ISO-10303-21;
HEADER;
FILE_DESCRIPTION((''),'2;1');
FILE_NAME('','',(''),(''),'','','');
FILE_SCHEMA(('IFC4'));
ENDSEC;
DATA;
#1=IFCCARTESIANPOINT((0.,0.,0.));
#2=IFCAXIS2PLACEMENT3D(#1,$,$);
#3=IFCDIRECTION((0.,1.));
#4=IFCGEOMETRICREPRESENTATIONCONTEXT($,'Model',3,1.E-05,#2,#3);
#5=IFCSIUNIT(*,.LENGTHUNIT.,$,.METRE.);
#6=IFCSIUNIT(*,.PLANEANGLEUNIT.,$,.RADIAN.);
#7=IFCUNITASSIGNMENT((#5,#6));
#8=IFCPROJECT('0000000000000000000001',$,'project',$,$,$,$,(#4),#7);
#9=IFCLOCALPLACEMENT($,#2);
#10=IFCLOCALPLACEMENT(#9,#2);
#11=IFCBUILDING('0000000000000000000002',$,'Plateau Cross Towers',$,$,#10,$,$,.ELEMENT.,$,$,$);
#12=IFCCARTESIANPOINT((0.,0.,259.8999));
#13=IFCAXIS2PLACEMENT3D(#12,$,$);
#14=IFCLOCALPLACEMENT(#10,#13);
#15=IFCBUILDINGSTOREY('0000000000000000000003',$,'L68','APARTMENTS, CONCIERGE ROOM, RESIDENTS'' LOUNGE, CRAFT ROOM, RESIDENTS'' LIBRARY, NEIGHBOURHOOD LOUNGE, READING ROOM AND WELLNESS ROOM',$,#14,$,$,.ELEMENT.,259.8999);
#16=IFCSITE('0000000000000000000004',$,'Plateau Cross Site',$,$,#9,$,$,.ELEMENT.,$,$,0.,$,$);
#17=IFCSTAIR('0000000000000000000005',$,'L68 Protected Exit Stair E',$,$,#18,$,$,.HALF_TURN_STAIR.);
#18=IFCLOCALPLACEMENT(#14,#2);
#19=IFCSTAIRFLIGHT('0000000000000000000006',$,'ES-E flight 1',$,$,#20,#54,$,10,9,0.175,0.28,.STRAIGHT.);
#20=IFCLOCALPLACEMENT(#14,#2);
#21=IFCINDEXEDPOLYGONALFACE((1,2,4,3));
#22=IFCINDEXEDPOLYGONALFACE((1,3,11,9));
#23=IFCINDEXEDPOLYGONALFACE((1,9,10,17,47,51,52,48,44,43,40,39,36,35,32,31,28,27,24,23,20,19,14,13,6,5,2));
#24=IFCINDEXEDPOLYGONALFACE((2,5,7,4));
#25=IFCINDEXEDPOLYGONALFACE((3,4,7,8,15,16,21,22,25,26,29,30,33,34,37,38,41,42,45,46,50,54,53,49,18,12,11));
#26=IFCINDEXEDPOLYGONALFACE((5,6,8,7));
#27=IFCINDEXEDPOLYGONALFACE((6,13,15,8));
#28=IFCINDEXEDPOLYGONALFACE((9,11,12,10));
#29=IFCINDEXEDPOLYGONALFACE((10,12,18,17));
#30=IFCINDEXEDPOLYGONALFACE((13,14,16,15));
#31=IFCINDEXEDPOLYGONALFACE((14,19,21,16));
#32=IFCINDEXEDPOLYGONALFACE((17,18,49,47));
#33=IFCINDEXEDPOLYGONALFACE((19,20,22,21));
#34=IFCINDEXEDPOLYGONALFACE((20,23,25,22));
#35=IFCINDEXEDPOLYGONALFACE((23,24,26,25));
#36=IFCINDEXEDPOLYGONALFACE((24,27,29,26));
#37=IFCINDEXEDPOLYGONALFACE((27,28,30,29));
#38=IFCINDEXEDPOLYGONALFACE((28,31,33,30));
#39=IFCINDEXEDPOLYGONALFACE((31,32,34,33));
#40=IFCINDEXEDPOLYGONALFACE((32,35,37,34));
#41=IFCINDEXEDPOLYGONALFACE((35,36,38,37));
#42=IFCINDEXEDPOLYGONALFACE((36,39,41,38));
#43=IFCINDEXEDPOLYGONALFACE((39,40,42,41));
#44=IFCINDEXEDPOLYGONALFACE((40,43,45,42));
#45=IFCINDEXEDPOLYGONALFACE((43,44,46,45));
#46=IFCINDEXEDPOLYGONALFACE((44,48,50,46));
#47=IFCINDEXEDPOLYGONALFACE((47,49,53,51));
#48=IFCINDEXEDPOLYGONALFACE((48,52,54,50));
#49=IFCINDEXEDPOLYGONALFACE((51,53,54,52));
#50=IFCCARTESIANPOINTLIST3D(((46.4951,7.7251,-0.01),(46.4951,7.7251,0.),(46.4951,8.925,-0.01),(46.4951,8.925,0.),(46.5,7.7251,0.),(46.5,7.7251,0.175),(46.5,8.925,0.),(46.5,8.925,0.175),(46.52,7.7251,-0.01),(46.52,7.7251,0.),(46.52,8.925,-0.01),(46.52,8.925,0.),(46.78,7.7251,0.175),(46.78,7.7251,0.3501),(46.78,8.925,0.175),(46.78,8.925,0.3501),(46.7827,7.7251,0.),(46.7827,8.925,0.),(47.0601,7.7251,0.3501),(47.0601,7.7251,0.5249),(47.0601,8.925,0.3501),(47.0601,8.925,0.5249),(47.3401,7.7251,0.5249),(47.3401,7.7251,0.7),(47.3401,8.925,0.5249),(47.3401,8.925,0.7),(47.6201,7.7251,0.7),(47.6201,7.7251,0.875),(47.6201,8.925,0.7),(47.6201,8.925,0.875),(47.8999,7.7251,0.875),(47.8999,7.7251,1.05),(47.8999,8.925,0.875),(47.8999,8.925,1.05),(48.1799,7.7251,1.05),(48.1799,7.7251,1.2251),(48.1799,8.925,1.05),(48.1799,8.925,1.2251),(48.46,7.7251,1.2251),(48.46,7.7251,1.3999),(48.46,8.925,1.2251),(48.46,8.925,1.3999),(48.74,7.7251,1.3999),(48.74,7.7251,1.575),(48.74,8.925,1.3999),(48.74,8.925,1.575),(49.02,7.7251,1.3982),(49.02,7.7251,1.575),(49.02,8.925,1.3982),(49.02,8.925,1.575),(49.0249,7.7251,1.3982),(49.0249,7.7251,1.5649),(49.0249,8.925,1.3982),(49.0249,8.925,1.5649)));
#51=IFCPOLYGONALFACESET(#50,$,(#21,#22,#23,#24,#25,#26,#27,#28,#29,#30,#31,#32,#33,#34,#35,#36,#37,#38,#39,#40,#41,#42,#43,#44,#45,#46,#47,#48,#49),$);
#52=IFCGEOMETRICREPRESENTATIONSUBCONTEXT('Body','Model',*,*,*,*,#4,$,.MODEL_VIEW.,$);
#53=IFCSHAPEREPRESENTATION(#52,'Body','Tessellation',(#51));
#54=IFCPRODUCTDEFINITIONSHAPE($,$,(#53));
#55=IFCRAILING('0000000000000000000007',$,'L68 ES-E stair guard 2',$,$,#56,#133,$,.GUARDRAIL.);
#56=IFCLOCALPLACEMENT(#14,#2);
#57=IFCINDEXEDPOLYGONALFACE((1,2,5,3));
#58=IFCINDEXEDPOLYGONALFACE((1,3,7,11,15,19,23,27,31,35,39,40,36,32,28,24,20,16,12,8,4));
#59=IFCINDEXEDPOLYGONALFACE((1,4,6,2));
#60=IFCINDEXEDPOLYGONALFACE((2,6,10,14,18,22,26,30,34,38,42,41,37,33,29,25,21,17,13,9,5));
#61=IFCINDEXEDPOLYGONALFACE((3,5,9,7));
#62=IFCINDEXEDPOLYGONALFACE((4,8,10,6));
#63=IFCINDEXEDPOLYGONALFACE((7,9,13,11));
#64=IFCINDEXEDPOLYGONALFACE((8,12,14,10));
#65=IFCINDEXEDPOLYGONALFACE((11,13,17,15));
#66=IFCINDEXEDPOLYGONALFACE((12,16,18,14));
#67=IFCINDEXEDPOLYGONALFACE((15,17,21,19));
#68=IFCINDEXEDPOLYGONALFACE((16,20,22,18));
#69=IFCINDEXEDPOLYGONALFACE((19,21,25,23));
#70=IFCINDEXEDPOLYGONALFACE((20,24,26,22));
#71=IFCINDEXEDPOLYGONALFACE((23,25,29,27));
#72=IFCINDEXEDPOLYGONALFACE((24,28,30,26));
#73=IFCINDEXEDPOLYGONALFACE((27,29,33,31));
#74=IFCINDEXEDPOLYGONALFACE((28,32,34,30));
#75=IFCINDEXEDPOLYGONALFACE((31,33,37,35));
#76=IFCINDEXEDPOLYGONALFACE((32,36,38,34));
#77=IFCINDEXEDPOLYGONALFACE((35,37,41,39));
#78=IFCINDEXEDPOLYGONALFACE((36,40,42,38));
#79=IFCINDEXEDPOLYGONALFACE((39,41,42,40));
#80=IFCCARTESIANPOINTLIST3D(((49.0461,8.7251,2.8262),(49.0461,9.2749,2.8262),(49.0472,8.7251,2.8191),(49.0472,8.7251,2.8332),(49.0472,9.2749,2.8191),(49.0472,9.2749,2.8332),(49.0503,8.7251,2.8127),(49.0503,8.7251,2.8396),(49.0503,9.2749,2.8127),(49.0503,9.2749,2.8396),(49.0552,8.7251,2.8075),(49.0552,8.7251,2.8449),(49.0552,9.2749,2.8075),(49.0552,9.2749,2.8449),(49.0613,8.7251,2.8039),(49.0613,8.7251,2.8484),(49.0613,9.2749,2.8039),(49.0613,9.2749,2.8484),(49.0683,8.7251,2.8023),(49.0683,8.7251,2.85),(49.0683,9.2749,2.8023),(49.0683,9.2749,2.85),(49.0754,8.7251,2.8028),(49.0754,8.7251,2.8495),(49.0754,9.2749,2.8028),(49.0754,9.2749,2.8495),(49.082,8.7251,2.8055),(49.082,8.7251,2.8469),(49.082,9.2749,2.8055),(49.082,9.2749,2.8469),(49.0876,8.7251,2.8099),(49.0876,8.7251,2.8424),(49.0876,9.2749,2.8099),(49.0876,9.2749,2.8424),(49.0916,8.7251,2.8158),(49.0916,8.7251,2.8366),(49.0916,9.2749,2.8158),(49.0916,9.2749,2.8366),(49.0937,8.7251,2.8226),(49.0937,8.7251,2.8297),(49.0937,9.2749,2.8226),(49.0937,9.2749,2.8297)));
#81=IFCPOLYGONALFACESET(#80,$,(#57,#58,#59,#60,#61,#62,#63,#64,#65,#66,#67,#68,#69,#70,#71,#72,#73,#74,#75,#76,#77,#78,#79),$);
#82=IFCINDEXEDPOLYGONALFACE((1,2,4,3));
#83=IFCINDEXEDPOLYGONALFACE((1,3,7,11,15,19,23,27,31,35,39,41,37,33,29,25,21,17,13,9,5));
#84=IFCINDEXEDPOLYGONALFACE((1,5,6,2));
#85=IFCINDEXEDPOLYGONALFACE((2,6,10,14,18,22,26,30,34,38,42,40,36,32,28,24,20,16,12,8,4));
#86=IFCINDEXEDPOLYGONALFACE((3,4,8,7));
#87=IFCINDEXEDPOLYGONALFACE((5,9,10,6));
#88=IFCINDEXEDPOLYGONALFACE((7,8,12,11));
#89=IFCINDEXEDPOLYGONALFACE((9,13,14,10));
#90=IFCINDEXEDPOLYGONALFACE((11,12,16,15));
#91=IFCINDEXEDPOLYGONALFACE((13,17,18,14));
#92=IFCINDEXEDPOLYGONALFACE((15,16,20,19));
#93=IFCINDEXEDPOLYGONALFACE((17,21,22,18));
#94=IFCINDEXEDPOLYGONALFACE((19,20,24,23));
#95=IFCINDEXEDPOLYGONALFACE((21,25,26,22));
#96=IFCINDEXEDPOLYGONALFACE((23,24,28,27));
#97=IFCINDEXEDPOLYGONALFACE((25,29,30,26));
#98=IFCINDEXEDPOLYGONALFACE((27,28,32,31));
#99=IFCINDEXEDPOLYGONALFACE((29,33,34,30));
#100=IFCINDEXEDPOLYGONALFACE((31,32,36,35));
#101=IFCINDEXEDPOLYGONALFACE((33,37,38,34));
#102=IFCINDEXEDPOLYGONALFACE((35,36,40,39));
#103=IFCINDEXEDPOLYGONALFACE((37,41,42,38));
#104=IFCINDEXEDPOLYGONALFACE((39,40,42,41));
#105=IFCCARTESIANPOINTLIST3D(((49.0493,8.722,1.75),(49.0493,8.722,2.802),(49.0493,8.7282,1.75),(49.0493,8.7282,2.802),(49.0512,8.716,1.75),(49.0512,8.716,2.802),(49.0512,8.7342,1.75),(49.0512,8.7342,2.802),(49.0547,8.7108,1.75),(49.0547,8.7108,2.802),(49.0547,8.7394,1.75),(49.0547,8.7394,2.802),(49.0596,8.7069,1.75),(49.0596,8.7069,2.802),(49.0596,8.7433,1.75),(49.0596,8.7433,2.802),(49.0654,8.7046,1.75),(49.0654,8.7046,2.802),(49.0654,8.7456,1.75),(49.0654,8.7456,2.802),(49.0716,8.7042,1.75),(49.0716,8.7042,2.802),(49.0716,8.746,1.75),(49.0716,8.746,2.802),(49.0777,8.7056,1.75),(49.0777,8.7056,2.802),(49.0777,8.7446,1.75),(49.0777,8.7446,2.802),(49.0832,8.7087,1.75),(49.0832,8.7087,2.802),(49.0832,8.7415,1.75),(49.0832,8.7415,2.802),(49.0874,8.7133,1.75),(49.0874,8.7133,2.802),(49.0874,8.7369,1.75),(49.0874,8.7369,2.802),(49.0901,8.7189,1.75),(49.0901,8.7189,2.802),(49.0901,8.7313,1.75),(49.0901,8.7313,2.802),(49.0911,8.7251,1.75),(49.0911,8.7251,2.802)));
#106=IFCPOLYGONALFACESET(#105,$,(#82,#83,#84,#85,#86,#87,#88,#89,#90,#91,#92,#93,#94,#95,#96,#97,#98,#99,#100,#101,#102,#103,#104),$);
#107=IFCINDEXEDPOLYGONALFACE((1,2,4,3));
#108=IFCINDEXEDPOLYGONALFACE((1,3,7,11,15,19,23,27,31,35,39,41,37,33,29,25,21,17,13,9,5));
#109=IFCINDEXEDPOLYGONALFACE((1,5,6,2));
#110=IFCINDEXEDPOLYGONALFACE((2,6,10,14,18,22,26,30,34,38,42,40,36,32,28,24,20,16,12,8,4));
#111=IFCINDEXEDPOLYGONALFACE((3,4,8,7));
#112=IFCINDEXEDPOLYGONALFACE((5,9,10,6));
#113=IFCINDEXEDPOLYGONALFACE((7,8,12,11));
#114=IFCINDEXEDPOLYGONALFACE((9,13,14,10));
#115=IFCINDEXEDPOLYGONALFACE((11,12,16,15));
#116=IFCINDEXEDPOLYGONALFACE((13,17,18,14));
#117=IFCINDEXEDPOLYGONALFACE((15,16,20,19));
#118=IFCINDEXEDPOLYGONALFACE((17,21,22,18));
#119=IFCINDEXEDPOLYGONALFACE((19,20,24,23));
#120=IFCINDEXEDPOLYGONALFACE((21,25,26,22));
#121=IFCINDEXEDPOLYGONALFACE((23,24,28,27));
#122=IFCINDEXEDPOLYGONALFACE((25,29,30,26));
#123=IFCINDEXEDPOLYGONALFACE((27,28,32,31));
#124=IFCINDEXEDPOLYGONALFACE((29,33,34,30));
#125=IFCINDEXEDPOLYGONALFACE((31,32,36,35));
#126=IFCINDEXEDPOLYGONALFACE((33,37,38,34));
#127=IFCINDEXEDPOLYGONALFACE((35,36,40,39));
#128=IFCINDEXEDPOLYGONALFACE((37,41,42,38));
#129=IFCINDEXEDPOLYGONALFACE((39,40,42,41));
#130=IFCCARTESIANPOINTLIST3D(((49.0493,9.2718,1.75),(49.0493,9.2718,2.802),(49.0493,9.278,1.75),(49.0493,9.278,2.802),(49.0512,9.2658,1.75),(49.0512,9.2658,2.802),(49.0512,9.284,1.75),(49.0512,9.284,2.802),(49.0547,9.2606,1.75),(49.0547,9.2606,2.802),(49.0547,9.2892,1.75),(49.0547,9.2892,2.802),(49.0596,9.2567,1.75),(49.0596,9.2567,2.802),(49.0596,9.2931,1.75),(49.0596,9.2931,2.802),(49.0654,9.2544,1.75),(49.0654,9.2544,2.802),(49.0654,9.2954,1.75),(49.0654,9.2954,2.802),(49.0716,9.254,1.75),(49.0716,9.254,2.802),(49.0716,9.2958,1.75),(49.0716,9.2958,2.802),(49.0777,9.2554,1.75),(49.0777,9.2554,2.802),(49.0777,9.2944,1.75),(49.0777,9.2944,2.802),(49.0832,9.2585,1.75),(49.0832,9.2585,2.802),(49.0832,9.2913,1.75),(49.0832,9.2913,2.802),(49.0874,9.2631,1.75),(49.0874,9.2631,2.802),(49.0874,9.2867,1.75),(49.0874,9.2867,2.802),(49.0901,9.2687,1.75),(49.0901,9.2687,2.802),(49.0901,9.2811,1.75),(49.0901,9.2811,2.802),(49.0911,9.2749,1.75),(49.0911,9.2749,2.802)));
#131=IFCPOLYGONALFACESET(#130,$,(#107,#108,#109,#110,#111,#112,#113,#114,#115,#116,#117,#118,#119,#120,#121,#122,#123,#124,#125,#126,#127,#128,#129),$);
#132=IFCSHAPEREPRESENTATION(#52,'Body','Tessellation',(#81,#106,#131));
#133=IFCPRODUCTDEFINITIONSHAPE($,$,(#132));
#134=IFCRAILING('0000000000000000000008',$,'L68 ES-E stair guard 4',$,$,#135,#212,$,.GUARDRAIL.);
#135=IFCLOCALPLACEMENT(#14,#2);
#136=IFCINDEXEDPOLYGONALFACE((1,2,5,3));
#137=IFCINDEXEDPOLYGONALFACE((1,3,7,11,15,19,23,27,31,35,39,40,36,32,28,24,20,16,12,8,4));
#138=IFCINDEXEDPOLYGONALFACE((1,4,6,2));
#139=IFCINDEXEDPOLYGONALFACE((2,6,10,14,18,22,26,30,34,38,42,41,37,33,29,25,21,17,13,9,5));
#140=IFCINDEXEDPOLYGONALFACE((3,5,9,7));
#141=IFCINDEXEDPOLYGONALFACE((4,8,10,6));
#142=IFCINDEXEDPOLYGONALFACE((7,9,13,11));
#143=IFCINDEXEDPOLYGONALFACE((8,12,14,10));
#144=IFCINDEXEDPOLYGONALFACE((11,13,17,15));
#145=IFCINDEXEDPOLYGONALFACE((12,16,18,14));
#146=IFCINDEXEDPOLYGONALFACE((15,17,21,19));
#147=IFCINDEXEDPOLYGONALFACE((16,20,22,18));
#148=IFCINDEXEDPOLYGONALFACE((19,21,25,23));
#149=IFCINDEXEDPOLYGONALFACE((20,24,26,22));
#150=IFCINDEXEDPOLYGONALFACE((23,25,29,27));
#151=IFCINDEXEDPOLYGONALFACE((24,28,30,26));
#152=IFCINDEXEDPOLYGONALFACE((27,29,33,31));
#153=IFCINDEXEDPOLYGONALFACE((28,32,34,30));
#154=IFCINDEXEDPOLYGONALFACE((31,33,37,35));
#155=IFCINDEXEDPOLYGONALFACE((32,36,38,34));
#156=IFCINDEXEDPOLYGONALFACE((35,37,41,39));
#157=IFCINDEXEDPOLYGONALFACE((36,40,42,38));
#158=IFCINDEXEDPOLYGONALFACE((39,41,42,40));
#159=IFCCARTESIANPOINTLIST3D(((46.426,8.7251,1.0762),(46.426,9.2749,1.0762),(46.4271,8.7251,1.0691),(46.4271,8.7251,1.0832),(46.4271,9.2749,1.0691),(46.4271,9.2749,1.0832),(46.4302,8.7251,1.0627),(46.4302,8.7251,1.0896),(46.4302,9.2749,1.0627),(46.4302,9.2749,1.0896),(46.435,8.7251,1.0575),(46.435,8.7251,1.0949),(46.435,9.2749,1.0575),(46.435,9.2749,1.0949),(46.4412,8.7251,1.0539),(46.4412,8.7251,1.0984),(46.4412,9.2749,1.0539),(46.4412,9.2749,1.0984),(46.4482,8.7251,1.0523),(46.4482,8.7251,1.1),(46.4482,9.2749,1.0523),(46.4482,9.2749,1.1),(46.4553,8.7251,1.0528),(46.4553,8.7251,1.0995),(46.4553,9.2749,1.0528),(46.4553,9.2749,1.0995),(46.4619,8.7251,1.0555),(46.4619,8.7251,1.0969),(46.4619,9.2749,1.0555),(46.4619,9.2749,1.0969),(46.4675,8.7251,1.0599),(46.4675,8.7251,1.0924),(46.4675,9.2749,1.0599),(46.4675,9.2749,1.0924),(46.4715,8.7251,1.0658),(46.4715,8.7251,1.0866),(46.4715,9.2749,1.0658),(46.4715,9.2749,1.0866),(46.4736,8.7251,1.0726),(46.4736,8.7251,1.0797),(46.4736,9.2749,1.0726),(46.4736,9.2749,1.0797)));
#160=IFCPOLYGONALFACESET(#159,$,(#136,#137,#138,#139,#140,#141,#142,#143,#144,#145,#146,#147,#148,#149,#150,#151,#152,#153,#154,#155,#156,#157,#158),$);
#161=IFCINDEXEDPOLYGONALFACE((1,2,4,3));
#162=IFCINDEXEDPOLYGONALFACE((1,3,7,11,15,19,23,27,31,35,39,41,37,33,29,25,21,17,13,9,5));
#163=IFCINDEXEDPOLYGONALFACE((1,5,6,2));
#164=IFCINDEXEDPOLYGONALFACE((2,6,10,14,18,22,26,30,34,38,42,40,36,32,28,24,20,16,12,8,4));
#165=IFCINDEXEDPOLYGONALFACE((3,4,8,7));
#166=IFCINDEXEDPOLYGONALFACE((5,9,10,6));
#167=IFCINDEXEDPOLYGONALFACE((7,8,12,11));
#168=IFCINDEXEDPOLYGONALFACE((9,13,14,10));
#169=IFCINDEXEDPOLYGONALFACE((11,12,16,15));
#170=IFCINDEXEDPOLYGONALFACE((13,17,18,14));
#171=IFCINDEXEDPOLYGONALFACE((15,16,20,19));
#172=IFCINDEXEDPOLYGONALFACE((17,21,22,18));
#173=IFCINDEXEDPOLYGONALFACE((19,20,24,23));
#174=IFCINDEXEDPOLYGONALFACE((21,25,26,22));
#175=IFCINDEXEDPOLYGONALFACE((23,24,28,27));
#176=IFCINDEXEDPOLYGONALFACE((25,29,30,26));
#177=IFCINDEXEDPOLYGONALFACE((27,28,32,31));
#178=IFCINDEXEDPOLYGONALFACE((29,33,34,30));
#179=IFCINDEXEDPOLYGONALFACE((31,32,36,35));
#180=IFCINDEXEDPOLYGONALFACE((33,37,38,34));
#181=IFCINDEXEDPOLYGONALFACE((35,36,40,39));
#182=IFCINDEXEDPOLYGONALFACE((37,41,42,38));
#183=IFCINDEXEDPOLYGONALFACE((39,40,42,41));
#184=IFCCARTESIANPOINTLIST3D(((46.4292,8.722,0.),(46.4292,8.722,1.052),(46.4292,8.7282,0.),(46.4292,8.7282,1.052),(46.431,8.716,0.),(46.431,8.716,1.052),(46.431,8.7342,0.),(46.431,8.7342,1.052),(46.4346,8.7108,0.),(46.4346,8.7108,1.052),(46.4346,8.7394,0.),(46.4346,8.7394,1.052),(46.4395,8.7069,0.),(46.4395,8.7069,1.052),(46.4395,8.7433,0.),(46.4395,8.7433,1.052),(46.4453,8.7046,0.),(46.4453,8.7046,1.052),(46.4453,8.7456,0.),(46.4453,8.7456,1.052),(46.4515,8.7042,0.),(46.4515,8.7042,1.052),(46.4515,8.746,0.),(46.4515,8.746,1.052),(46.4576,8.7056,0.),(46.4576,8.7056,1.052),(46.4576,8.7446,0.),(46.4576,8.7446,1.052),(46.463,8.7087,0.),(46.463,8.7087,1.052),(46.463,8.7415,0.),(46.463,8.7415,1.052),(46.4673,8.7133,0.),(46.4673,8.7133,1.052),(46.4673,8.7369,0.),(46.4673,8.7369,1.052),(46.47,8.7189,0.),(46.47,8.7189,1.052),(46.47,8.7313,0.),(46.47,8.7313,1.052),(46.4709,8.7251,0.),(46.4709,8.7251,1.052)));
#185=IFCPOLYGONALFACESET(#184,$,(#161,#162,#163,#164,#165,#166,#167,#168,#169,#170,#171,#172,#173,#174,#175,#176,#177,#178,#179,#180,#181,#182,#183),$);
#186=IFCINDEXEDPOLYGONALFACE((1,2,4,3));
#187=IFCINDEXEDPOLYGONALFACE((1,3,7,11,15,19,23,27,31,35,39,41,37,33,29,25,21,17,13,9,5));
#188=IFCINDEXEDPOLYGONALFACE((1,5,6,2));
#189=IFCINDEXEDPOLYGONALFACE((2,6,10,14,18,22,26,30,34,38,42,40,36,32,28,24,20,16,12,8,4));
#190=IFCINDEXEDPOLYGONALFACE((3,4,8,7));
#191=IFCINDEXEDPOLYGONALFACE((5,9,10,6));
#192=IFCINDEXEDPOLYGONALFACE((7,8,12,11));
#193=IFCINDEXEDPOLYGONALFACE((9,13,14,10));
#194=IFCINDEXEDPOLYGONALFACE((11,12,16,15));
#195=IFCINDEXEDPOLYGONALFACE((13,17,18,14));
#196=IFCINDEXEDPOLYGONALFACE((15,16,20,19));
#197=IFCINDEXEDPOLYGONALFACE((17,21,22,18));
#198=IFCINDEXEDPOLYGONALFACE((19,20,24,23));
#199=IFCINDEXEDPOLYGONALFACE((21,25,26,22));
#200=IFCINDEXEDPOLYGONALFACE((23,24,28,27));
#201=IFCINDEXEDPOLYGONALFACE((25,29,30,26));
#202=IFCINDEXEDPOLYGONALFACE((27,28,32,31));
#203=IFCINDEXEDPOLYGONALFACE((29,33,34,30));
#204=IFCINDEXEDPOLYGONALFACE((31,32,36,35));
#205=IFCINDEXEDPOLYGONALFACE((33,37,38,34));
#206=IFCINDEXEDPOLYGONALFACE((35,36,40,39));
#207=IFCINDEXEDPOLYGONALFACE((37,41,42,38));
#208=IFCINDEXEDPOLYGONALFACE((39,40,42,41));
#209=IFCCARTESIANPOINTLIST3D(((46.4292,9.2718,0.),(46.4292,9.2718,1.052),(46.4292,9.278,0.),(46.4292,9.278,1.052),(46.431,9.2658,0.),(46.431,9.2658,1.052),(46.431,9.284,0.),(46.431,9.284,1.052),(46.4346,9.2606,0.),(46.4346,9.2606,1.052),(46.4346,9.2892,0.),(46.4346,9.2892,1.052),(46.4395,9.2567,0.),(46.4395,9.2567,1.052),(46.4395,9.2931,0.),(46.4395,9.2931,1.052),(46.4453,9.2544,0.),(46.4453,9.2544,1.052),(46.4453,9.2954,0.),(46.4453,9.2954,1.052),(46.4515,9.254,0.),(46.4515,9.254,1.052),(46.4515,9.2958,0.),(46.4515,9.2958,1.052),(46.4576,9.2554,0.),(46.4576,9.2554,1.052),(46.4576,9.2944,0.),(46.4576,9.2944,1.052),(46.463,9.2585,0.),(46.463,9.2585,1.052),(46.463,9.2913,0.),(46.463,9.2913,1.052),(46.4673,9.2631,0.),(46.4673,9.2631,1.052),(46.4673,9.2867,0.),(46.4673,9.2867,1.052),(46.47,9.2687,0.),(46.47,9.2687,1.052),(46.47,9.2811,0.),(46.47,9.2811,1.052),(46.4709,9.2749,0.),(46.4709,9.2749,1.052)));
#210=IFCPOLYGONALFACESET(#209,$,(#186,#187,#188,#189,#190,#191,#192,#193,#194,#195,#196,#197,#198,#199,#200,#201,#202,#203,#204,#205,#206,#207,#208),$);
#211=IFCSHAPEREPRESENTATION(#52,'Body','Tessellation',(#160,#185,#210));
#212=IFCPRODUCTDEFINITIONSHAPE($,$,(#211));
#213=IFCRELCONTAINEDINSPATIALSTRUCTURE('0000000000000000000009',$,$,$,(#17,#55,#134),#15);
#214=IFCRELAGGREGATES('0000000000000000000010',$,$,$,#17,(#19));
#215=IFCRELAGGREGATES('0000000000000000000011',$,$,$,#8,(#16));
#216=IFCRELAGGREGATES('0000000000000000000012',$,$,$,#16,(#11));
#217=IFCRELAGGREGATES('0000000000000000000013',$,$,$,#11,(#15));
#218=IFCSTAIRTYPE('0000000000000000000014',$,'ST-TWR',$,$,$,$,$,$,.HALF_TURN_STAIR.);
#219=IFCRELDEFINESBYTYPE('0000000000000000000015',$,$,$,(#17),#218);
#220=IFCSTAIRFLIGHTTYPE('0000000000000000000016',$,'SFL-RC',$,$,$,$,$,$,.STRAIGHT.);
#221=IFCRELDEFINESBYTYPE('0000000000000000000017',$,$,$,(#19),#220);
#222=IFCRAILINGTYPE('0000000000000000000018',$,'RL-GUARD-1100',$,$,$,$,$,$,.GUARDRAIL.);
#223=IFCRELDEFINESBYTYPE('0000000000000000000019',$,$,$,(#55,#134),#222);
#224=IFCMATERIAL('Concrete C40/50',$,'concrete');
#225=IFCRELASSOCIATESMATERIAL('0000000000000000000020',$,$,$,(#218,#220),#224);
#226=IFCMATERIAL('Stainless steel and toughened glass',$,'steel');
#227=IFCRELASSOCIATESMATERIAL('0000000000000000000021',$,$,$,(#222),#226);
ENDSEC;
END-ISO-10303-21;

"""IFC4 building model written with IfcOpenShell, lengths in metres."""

from ifc_helpers import new_model, si_unit, direction, frame, origin, origin_2d, place, context, subcontext, project, spatial, polyline, circle, outline, extrude, material, type_object, element, aggregate, save


model = new_model("IFC4")

# Units and contexts
model_context = context("Model", 3, precision=1e-05, world=origin(), true_north=direction((0.0, 1.0)))
body_context = subcontext(model_context, "Body", "Model", "MODEL_VIEW")
ifc_project = project(units=[si_unit("LENGTHUNIT", "METRE"), si_unit("PLANEANGLEUNIT", "RADIAN")], contexts=[model_context])

# Site, building, storey
site_placement = place(None, origin())
site = spatial("IfcSite", under=ifc_project, at=site_placement, Name="Plateau Cross Site", CompositionType="ELEMENT", RefElevation=0.0)
building_placement = place(site_placement, origin())
building = spatial("IfcBuilding", under=site, at=building_placement, Name="Plateau Cross Towers", CompositionType="ELEMENT")
storey_placement = place(building_placement, frame((0.0, 0.0, 259.8999)))
storey = spatial("IfcBuildingStorey", under=building, at=storey_placement, Name="L68", Description="APARTMENTS, CONCIERGE ROOM, RESIDENTS' LOUNGE, CRAFT ROOM, RESIDENTS' LIBRARY, NEIGHBOURHOOD LOUNGE, READING ROOM AND WELLNESS ROOM", CompositionType="ELEMENT", Elevation=259.8999)

# Stair, stair flight
ifc_material_1 = material(Name="Concrete C40/50", Category="concrete")
stair_type = type_object("IfcStairType", Name="ST-TWR", PredefinedType="HALF_TURN_STAIR", material=ifc_material_1)
stair_placement = place(storey_placement, origin())
stair = element("IfcStair", 1, at=stair_placement, inside=storey, type_object=stair_type, Name="L68 Protected Exit Stair E", PredefinedType="HALF_TURN_STAIR")
stair_flight_type = type_object("IfcStairFlightType", Name="SFL-RC", PredefinedType="STRAIGHT", material=ifc_material_1)
stair_flight_placement = place(storey_placement, frame((46.5, 8.325, 0.0), z_axis=(0.0, 0.0, 1.0), x_axis=(1.0, 0.0, 0.0)))
stair_flight = element("IfcStairFlight", 2, at=stair_flight_placement, type_object=stair_flight_type, Name="ES-E flight 1", NumberOfRisers=10, NumberOfTreads=9, PredefinedType="STRAIGHT", RiserHeight=0.175, TreadLength=0.28, context=body_context, shape_type="SweptSolid", body=[
    extrude(outline(polyline([(-0.0049, -0.01), (-0.0049, 0.0), (0.0, 0.0), (0.0, 0.175), (0.28, 0.175), (0.28, 0.3501), (0.5601, 0.3501), (0.5601, 0.5249), (0.8401, 0.5249), (0.8401, 0.7), (1.1201, 0.7), (1.1201, 0.875), (1.3999, 0.875), (1.3999, 1.05), (1.6799, 1.05), (1.6799, 1.2251), (1.96, 1.2251), (1.96, 1.3999), (2.24, 1.3999), (2.24, 1.575), (2.52, 1.575), (2.5249, 1.5649), (2.5249, 1.3982), (2.52, 1.3982), (0.2827, 0.0), (0.02, 0.0), (0.02, -0.01), (-0.0049, -0.01)])), frame((0.0, 0.6001, 0.0), z_axis=(0.0, -1.0, 0.0), x_axis=(1.0, 0.0, 0.0)), (0.0, 0.0, 1.0), 1.2),
])
aggregate(stair, [stair_flight])

# Railings
ifc_material_2 = material(Name="Stainless steel and toughened glass", Category="steel")
railing_type_1 = type_object("IfcRailingType", Name="RL-GUARD-1100", PredefinedType="GUARDRAIL", material=ifc_material_2)
for number, where, name in (
    (3, (49.0701, 8.7251, 1.75), "L68 ES-E stair guard 2"),
    (4, (46.45, 8.7251, 0.0), "L68 ES-E stair guard 4"),
):
    element("IfcRailing", number, at=place(storey_placement, frame(where)), inside=storey, type_object=railing_type_1, Name=name, PredefinedType="GUARDRAIL", context=body_context, shape_type="SweptSolid", body=[
        extrude(circle(Radius=0.0239, at=origin_2d()), frame((0.0, 0.0, 1.0762), z_axis=(0.0, 1.0, 0.0), x_axis=(-1.0, 0.0, 0.0)), (0.0, 0.0, 1.0), 0.5498),
        extrude(circle(Radius=0.021, at=origin_2d()), origin(), (0.0, 0.0, 1.0), 1.052),
        extrude(circle(Radius=0.021, at=origin_2d()), frame((0.0, 0.5498, 0.0)), (0.0, 0.0, 1.0), 1.052),
    ])

save(model, "model.ifc")
